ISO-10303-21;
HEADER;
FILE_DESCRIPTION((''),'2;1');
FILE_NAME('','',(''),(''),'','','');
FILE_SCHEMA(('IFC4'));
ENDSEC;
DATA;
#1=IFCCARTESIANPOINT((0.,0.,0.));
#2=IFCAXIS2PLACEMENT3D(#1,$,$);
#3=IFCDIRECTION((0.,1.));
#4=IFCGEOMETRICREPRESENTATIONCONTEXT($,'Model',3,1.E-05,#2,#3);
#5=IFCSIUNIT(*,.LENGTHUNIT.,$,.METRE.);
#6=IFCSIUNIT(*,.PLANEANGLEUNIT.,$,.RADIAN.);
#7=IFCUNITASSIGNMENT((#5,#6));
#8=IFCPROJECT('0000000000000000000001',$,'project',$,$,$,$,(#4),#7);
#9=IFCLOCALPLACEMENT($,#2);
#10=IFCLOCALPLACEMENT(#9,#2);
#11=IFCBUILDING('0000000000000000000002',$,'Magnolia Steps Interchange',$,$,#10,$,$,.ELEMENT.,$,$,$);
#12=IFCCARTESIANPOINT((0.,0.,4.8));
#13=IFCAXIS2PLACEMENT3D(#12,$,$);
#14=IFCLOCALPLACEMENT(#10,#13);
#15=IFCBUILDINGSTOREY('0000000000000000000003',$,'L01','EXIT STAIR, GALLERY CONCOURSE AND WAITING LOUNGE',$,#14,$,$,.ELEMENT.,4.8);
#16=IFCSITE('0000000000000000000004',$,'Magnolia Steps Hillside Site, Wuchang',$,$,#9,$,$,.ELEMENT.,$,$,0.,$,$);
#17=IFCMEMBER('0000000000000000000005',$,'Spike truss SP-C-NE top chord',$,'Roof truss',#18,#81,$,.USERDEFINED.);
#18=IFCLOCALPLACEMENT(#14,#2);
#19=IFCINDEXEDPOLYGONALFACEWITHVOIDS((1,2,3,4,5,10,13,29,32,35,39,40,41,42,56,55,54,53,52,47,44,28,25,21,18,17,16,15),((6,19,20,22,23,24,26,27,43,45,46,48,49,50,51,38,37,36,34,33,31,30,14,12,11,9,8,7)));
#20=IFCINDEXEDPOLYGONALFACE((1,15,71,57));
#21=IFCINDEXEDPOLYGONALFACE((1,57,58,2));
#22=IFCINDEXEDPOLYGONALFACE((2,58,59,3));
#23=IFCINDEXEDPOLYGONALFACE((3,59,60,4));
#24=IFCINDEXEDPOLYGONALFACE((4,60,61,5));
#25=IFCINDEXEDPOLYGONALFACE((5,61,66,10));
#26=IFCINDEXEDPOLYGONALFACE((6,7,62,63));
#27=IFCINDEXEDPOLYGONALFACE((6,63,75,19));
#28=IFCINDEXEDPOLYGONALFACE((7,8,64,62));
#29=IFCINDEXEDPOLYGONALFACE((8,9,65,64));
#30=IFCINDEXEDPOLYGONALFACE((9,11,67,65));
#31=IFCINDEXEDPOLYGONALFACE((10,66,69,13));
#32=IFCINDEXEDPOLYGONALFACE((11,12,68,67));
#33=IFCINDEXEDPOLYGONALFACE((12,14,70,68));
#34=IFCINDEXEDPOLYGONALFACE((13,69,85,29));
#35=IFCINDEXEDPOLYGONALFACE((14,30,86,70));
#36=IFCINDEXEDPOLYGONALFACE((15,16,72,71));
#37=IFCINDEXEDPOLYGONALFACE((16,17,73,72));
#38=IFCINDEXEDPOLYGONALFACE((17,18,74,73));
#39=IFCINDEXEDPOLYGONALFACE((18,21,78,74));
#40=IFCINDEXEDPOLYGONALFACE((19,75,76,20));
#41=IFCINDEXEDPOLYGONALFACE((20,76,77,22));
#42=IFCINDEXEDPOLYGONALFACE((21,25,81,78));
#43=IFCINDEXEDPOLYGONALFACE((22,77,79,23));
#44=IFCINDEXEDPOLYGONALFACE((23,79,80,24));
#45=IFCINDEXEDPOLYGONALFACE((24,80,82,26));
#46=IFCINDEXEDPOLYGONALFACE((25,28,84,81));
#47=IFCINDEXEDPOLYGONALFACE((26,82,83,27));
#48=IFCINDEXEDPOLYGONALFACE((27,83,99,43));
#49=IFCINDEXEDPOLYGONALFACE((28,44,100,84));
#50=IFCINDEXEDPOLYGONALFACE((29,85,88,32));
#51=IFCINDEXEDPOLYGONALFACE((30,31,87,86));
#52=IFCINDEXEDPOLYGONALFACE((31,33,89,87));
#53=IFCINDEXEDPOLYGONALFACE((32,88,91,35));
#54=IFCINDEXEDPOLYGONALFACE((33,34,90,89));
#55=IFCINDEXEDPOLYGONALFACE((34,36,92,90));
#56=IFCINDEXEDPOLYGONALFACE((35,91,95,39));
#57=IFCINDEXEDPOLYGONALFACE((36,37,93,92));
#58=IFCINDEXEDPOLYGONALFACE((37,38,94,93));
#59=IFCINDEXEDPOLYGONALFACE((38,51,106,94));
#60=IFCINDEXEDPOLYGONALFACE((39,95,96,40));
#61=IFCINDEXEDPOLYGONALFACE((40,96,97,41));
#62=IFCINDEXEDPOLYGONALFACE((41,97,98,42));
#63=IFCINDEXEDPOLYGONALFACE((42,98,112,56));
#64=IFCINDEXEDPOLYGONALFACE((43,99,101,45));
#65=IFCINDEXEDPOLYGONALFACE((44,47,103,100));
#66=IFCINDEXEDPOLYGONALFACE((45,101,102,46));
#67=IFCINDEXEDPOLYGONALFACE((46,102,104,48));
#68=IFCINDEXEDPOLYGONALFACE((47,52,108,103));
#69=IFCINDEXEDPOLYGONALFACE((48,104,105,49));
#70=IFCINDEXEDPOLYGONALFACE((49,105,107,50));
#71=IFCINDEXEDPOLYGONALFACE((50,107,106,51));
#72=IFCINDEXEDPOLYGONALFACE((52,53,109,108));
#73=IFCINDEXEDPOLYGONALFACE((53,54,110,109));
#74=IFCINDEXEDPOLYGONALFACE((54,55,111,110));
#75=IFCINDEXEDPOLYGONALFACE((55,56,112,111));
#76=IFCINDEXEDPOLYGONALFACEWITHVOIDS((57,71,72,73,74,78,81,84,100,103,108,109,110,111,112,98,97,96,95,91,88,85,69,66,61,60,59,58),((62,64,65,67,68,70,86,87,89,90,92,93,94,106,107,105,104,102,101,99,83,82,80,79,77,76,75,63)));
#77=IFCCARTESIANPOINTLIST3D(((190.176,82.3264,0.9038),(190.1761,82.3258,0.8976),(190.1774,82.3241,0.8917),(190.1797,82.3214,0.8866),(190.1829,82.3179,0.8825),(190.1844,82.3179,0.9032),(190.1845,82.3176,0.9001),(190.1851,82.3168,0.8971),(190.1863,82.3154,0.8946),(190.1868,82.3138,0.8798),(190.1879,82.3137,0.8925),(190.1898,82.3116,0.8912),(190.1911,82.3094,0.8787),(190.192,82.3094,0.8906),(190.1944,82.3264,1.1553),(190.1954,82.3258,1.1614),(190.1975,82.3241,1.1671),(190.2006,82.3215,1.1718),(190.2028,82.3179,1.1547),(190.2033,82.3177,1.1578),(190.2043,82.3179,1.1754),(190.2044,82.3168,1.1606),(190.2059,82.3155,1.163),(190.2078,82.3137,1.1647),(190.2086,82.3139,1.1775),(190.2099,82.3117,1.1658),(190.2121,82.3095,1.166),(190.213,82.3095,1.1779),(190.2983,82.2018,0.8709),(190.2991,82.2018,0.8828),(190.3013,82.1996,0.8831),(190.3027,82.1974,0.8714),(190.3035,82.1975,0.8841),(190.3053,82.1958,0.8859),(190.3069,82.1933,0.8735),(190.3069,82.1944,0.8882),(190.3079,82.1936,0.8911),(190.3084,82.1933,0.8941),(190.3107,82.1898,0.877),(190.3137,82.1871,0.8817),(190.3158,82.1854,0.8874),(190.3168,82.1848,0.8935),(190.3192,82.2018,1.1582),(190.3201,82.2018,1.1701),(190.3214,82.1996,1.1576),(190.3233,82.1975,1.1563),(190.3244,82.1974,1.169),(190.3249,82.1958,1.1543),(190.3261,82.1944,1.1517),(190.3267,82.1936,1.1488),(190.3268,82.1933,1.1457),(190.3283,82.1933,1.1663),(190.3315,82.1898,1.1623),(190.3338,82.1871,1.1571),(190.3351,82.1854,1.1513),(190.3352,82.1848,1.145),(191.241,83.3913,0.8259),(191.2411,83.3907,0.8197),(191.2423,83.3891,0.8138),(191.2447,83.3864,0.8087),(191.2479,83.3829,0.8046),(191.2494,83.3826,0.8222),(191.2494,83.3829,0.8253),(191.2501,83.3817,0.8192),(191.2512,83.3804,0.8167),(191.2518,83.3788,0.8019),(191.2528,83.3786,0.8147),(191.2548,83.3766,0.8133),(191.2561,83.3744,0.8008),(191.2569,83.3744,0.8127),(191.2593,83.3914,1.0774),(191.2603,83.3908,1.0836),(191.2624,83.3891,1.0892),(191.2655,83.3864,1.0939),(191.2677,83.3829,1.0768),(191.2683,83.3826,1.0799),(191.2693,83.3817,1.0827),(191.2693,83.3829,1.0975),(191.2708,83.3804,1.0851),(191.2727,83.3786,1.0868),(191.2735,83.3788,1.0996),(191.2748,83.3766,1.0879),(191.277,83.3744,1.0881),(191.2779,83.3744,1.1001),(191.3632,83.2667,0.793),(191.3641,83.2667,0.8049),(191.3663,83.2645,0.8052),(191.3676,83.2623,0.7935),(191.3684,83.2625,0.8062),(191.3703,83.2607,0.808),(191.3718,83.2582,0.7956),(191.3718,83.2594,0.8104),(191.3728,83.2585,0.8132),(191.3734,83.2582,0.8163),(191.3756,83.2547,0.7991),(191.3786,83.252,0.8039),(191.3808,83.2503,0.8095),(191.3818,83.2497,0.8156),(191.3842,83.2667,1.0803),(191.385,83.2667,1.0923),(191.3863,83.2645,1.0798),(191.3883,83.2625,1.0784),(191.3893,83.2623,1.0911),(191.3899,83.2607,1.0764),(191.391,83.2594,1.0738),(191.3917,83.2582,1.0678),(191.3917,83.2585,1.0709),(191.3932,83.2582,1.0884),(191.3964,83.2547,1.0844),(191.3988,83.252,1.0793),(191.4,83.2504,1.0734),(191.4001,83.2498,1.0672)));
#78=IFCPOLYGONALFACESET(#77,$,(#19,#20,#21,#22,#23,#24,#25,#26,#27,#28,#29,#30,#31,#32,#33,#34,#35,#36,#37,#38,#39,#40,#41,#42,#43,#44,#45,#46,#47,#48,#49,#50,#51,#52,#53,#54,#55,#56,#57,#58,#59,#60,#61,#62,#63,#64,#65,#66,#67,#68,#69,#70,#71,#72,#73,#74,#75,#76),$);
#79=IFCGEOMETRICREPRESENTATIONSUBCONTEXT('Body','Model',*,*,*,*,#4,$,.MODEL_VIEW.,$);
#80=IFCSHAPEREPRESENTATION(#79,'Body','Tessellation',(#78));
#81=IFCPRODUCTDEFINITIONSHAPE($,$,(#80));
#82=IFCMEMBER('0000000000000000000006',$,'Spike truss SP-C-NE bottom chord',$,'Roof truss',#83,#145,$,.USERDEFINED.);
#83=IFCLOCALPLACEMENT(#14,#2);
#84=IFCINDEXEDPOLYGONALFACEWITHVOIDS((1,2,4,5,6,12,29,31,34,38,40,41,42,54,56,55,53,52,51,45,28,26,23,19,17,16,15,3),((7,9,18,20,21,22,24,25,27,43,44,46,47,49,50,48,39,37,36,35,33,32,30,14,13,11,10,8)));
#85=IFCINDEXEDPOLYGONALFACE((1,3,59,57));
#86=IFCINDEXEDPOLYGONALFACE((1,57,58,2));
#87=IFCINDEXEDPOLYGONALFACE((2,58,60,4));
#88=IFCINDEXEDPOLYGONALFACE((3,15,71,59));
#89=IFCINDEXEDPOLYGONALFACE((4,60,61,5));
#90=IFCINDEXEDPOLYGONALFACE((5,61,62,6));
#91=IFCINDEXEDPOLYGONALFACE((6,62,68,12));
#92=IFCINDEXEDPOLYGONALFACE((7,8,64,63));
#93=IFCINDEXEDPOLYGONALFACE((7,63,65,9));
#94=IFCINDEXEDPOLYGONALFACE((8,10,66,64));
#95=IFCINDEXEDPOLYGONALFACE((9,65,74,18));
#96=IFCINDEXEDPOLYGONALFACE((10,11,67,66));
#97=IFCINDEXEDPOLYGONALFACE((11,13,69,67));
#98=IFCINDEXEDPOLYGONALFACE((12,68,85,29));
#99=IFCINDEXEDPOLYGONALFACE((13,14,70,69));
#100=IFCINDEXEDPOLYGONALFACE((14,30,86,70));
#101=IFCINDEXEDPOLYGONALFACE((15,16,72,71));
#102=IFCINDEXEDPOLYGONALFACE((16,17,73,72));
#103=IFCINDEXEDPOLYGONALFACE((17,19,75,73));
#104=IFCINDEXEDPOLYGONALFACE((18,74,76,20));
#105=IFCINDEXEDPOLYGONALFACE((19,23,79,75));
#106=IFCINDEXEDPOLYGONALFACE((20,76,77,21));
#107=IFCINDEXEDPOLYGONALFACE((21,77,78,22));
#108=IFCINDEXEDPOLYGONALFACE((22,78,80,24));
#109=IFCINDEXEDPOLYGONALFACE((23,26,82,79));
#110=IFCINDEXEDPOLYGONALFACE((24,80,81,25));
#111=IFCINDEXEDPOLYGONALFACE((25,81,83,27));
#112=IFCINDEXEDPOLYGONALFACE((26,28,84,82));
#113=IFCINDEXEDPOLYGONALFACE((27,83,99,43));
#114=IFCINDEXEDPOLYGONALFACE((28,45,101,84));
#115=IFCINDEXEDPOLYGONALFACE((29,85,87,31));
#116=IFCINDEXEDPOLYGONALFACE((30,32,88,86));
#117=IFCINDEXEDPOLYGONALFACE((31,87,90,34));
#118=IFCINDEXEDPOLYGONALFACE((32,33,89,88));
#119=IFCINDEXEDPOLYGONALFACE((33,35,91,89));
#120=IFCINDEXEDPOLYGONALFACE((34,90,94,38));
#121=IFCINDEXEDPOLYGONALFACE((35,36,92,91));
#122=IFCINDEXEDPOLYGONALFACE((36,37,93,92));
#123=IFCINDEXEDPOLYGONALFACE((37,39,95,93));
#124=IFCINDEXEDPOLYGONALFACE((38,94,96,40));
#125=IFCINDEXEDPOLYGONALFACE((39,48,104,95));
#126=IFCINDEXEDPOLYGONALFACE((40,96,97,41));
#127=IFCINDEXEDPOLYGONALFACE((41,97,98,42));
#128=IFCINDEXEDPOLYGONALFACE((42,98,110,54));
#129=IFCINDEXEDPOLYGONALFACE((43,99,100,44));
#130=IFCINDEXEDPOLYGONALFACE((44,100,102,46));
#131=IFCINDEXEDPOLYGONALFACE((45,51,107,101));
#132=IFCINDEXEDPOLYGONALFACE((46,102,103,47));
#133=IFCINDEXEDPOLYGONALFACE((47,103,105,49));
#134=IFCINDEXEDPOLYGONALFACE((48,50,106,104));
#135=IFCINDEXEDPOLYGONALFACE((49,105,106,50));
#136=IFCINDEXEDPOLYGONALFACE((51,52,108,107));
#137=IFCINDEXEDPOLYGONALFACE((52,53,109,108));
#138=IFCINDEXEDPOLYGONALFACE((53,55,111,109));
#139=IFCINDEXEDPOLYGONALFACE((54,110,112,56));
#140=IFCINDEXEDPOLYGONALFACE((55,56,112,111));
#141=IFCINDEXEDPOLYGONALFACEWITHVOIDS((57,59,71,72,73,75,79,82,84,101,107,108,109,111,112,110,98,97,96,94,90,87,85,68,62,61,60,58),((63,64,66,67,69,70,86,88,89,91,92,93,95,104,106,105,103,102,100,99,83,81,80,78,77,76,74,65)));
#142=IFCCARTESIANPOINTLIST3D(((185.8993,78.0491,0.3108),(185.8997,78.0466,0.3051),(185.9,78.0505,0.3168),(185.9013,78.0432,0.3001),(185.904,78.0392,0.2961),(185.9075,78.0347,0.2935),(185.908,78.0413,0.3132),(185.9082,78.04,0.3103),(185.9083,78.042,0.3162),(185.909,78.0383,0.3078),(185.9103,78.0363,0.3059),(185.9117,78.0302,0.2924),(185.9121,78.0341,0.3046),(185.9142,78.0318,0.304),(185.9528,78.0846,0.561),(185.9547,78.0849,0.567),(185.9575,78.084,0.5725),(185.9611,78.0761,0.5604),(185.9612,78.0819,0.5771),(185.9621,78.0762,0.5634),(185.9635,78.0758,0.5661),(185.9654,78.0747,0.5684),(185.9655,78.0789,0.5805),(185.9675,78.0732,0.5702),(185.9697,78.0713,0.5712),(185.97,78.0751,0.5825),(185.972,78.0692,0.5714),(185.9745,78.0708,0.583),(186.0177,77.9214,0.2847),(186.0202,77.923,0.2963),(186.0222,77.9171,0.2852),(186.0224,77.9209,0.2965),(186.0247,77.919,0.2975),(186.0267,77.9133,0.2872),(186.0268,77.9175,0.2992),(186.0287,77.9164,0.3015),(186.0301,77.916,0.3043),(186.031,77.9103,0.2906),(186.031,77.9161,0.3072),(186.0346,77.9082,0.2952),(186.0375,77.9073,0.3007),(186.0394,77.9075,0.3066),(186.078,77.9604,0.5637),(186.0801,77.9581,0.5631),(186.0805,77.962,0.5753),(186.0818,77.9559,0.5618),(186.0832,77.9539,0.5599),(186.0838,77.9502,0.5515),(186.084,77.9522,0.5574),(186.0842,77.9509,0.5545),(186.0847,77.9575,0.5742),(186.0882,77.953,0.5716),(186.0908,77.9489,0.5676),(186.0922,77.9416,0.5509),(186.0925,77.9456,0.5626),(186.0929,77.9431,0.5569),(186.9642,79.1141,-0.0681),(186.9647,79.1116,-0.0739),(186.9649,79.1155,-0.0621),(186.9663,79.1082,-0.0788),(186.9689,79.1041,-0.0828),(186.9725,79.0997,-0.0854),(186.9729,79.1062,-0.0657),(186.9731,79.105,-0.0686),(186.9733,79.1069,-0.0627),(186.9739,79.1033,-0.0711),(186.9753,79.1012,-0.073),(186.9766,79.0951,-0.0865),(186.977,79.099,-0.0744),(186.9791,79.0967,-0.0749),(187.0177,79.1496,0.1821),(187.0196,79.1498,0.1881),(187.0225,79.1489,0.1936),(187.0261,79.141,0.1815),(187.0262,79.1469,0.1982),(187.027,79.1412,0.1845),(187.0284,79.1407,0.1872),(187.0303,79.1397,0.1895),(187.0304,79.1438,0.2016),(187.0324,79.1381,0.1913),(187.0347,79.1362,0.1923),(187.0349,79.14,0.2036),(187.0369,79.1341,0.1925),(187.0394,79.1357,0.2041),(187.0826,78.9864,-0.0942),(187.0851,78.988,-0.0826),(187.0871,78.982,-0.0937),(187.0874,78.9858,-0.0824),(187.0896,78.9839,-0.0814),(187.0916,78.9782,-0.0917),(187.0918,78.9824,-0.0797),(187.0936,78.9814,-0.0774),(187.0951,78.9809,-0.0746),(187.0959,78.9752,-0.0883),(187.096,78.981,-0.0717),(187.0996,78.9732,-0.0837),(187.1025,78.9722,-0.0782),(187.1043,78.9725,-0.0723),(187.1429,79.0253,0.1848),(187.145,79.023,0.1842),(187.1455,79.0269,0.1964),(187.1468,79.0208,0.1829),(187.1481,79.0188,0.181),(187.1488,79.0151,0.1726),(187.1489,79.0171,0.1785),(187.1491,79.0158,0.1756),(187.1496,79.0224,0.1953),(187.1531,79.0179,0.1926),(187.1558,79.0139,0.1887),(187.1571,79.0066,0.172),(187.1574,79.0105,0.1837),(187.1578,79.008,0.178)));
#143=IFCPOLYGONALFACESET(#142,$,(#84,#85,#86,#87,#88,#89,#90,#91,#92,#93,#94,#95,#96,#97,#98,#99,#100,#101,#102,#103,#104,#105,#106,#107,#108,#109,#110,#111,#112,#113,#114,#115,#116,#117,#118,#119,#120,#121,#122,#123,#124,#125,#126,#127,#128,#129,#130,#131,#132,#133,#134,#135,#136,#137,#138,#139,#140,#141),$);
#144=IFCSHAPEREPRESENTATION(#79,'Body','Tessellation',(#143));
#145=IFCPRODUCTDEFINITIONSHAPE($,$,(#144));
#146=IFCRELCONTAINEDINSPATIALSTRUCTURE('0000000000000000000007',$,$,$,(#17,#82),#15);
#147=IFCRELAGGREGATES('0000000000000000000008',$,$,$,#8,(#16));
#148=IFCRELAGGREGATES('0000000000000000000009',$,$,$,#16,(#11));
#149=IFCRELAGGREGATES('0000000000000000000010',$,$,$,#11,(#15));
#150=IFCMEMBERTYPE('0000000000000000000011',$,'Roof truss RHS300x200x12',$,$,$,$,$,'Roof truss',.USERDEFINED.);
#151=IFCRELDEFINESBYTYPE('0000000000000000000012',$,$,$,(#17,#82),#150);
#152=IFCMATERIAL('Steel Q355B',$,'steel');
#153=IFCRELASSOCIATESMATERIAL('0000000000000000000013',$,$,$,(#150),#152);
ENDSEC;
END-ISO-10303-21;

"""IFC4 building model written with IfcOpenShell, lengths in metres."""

from ifc_helpers import new_model, si_unit, direction, frame, origin, origin_2d, place, context, subcontext, project, spatial, hollow_rectangle, extrude, material, material_profile, profile_set, type_object, element, save


model = new_model("IFC4")

# Units and contexts
model_context = context("Model", 3, precision=1e-05, world=origin(), true_north=direction((0.0, 1.0)))
body_context = subcontext(model_context, "Body", "Model", "MODEL_VIEW")
ifc_project = project(units=[si_unit("LENGTHUNIT", "METRE"), si_unit("PLANEANGLEUNIT", "RADIAN")], contexts=[model_context])

# Site, building, storey
site_placement = place(None, origin())
site = spatial("IfcSite", under=ifc_project, at=site_placement, Name="Magnolia Steps Hillside Site, Wuchang", CompositionType="ELEMENT", RefElevation=0.0)
building_placement = place(site_placement, origin())
building = spatial("IfcBuilding", under=site, at=building_placement, Name="Magnolia Steps Interchange", CompositionType="ELEMENT")
storey_placement = place(building_placement, frame((0.0, 0.0, 4.8)))
storey = spatial("IfcBuildingStorey", under=building, at=storey_placement, Name="L01", Description="EXIT STAIR, GALLERY CONCOURSE AND WAITING LOUNGE", CompositionType="ELEMENT", Elevation=4.8)

# Members
ifc_material_1 = material(Name="Steel Q355B", Category="steel")
ifc_material_profile_1 = material_profile(ifc_material_1, hollow_rectangle(XDim=0.2, YDim=0.3, WallThickness=0.012, InnerFilletRadius=0.012, OuterFilletRadius=0.0239, at=origin_2d()), Name="RHS300x200x12")
ifc_profile_set_1 = profile_set([ifc_material_profile_1], Name="Steel Q355B")
member_type_1 = type_object("IfcMemberType", Name="Roof truss RHS300x200x12", ElementType="Roof truss", PredefinedType="USERDEFINED", material=ifc_profile_set_1)
member_1_placement = place(storey_placement, frame((190.2556, 82.2556, 1.0244), z_axis=(0.706163, 0.706163, -0.051643), x_axis=(-0.704293, 0.708049, 0.051355)))
element("IfcMember", 1, at=member_1_placement, inside=storey, type_object=member_type_1, Name="Spike truss SP-C-NE top chord", ObjectType="Roof truss", PredefinedType="USERDEFINED", context=body_context, shape_type="SweptSolid", body=[
    extrude(hollow_rectangle(XDim=0.2, YDim=0.3, WallThickness=0.012, InnerFilletRadius=0.012, OuterFilletRadius=0.0239, at=origin_2d()), origin(), (0.0, 0.0, 1.0), 1.5081),
])
member_2_placement = place(storey_placement, frame((185.9961, 77.9961, 0.4338), z_axis=(0.685737, 0.685737, -0.243985), x_axis=(-0.697092, 0.715177, 0.05083)))
element("IfcMember", 2, at=member_2_placement, inside=storey, type_object=member_type_1, Name="Spike truss SP-C-NE bottom chord", ObjectType="Roof truss", PredefinedType="USERDEFINED", context=body_context, shape_type="SweptSolid", body=[
    extrude(hollow_rectangle(XDim=0.2, YDim=0.3, WallThickness=0.012, InnerFilletRadius=0.012, OuterFilletRadius=0.0239, at=origin_2d()), origin(), (0.0, 0.0, 1.0), 1.553),
])

save(model, "model.ifc")
